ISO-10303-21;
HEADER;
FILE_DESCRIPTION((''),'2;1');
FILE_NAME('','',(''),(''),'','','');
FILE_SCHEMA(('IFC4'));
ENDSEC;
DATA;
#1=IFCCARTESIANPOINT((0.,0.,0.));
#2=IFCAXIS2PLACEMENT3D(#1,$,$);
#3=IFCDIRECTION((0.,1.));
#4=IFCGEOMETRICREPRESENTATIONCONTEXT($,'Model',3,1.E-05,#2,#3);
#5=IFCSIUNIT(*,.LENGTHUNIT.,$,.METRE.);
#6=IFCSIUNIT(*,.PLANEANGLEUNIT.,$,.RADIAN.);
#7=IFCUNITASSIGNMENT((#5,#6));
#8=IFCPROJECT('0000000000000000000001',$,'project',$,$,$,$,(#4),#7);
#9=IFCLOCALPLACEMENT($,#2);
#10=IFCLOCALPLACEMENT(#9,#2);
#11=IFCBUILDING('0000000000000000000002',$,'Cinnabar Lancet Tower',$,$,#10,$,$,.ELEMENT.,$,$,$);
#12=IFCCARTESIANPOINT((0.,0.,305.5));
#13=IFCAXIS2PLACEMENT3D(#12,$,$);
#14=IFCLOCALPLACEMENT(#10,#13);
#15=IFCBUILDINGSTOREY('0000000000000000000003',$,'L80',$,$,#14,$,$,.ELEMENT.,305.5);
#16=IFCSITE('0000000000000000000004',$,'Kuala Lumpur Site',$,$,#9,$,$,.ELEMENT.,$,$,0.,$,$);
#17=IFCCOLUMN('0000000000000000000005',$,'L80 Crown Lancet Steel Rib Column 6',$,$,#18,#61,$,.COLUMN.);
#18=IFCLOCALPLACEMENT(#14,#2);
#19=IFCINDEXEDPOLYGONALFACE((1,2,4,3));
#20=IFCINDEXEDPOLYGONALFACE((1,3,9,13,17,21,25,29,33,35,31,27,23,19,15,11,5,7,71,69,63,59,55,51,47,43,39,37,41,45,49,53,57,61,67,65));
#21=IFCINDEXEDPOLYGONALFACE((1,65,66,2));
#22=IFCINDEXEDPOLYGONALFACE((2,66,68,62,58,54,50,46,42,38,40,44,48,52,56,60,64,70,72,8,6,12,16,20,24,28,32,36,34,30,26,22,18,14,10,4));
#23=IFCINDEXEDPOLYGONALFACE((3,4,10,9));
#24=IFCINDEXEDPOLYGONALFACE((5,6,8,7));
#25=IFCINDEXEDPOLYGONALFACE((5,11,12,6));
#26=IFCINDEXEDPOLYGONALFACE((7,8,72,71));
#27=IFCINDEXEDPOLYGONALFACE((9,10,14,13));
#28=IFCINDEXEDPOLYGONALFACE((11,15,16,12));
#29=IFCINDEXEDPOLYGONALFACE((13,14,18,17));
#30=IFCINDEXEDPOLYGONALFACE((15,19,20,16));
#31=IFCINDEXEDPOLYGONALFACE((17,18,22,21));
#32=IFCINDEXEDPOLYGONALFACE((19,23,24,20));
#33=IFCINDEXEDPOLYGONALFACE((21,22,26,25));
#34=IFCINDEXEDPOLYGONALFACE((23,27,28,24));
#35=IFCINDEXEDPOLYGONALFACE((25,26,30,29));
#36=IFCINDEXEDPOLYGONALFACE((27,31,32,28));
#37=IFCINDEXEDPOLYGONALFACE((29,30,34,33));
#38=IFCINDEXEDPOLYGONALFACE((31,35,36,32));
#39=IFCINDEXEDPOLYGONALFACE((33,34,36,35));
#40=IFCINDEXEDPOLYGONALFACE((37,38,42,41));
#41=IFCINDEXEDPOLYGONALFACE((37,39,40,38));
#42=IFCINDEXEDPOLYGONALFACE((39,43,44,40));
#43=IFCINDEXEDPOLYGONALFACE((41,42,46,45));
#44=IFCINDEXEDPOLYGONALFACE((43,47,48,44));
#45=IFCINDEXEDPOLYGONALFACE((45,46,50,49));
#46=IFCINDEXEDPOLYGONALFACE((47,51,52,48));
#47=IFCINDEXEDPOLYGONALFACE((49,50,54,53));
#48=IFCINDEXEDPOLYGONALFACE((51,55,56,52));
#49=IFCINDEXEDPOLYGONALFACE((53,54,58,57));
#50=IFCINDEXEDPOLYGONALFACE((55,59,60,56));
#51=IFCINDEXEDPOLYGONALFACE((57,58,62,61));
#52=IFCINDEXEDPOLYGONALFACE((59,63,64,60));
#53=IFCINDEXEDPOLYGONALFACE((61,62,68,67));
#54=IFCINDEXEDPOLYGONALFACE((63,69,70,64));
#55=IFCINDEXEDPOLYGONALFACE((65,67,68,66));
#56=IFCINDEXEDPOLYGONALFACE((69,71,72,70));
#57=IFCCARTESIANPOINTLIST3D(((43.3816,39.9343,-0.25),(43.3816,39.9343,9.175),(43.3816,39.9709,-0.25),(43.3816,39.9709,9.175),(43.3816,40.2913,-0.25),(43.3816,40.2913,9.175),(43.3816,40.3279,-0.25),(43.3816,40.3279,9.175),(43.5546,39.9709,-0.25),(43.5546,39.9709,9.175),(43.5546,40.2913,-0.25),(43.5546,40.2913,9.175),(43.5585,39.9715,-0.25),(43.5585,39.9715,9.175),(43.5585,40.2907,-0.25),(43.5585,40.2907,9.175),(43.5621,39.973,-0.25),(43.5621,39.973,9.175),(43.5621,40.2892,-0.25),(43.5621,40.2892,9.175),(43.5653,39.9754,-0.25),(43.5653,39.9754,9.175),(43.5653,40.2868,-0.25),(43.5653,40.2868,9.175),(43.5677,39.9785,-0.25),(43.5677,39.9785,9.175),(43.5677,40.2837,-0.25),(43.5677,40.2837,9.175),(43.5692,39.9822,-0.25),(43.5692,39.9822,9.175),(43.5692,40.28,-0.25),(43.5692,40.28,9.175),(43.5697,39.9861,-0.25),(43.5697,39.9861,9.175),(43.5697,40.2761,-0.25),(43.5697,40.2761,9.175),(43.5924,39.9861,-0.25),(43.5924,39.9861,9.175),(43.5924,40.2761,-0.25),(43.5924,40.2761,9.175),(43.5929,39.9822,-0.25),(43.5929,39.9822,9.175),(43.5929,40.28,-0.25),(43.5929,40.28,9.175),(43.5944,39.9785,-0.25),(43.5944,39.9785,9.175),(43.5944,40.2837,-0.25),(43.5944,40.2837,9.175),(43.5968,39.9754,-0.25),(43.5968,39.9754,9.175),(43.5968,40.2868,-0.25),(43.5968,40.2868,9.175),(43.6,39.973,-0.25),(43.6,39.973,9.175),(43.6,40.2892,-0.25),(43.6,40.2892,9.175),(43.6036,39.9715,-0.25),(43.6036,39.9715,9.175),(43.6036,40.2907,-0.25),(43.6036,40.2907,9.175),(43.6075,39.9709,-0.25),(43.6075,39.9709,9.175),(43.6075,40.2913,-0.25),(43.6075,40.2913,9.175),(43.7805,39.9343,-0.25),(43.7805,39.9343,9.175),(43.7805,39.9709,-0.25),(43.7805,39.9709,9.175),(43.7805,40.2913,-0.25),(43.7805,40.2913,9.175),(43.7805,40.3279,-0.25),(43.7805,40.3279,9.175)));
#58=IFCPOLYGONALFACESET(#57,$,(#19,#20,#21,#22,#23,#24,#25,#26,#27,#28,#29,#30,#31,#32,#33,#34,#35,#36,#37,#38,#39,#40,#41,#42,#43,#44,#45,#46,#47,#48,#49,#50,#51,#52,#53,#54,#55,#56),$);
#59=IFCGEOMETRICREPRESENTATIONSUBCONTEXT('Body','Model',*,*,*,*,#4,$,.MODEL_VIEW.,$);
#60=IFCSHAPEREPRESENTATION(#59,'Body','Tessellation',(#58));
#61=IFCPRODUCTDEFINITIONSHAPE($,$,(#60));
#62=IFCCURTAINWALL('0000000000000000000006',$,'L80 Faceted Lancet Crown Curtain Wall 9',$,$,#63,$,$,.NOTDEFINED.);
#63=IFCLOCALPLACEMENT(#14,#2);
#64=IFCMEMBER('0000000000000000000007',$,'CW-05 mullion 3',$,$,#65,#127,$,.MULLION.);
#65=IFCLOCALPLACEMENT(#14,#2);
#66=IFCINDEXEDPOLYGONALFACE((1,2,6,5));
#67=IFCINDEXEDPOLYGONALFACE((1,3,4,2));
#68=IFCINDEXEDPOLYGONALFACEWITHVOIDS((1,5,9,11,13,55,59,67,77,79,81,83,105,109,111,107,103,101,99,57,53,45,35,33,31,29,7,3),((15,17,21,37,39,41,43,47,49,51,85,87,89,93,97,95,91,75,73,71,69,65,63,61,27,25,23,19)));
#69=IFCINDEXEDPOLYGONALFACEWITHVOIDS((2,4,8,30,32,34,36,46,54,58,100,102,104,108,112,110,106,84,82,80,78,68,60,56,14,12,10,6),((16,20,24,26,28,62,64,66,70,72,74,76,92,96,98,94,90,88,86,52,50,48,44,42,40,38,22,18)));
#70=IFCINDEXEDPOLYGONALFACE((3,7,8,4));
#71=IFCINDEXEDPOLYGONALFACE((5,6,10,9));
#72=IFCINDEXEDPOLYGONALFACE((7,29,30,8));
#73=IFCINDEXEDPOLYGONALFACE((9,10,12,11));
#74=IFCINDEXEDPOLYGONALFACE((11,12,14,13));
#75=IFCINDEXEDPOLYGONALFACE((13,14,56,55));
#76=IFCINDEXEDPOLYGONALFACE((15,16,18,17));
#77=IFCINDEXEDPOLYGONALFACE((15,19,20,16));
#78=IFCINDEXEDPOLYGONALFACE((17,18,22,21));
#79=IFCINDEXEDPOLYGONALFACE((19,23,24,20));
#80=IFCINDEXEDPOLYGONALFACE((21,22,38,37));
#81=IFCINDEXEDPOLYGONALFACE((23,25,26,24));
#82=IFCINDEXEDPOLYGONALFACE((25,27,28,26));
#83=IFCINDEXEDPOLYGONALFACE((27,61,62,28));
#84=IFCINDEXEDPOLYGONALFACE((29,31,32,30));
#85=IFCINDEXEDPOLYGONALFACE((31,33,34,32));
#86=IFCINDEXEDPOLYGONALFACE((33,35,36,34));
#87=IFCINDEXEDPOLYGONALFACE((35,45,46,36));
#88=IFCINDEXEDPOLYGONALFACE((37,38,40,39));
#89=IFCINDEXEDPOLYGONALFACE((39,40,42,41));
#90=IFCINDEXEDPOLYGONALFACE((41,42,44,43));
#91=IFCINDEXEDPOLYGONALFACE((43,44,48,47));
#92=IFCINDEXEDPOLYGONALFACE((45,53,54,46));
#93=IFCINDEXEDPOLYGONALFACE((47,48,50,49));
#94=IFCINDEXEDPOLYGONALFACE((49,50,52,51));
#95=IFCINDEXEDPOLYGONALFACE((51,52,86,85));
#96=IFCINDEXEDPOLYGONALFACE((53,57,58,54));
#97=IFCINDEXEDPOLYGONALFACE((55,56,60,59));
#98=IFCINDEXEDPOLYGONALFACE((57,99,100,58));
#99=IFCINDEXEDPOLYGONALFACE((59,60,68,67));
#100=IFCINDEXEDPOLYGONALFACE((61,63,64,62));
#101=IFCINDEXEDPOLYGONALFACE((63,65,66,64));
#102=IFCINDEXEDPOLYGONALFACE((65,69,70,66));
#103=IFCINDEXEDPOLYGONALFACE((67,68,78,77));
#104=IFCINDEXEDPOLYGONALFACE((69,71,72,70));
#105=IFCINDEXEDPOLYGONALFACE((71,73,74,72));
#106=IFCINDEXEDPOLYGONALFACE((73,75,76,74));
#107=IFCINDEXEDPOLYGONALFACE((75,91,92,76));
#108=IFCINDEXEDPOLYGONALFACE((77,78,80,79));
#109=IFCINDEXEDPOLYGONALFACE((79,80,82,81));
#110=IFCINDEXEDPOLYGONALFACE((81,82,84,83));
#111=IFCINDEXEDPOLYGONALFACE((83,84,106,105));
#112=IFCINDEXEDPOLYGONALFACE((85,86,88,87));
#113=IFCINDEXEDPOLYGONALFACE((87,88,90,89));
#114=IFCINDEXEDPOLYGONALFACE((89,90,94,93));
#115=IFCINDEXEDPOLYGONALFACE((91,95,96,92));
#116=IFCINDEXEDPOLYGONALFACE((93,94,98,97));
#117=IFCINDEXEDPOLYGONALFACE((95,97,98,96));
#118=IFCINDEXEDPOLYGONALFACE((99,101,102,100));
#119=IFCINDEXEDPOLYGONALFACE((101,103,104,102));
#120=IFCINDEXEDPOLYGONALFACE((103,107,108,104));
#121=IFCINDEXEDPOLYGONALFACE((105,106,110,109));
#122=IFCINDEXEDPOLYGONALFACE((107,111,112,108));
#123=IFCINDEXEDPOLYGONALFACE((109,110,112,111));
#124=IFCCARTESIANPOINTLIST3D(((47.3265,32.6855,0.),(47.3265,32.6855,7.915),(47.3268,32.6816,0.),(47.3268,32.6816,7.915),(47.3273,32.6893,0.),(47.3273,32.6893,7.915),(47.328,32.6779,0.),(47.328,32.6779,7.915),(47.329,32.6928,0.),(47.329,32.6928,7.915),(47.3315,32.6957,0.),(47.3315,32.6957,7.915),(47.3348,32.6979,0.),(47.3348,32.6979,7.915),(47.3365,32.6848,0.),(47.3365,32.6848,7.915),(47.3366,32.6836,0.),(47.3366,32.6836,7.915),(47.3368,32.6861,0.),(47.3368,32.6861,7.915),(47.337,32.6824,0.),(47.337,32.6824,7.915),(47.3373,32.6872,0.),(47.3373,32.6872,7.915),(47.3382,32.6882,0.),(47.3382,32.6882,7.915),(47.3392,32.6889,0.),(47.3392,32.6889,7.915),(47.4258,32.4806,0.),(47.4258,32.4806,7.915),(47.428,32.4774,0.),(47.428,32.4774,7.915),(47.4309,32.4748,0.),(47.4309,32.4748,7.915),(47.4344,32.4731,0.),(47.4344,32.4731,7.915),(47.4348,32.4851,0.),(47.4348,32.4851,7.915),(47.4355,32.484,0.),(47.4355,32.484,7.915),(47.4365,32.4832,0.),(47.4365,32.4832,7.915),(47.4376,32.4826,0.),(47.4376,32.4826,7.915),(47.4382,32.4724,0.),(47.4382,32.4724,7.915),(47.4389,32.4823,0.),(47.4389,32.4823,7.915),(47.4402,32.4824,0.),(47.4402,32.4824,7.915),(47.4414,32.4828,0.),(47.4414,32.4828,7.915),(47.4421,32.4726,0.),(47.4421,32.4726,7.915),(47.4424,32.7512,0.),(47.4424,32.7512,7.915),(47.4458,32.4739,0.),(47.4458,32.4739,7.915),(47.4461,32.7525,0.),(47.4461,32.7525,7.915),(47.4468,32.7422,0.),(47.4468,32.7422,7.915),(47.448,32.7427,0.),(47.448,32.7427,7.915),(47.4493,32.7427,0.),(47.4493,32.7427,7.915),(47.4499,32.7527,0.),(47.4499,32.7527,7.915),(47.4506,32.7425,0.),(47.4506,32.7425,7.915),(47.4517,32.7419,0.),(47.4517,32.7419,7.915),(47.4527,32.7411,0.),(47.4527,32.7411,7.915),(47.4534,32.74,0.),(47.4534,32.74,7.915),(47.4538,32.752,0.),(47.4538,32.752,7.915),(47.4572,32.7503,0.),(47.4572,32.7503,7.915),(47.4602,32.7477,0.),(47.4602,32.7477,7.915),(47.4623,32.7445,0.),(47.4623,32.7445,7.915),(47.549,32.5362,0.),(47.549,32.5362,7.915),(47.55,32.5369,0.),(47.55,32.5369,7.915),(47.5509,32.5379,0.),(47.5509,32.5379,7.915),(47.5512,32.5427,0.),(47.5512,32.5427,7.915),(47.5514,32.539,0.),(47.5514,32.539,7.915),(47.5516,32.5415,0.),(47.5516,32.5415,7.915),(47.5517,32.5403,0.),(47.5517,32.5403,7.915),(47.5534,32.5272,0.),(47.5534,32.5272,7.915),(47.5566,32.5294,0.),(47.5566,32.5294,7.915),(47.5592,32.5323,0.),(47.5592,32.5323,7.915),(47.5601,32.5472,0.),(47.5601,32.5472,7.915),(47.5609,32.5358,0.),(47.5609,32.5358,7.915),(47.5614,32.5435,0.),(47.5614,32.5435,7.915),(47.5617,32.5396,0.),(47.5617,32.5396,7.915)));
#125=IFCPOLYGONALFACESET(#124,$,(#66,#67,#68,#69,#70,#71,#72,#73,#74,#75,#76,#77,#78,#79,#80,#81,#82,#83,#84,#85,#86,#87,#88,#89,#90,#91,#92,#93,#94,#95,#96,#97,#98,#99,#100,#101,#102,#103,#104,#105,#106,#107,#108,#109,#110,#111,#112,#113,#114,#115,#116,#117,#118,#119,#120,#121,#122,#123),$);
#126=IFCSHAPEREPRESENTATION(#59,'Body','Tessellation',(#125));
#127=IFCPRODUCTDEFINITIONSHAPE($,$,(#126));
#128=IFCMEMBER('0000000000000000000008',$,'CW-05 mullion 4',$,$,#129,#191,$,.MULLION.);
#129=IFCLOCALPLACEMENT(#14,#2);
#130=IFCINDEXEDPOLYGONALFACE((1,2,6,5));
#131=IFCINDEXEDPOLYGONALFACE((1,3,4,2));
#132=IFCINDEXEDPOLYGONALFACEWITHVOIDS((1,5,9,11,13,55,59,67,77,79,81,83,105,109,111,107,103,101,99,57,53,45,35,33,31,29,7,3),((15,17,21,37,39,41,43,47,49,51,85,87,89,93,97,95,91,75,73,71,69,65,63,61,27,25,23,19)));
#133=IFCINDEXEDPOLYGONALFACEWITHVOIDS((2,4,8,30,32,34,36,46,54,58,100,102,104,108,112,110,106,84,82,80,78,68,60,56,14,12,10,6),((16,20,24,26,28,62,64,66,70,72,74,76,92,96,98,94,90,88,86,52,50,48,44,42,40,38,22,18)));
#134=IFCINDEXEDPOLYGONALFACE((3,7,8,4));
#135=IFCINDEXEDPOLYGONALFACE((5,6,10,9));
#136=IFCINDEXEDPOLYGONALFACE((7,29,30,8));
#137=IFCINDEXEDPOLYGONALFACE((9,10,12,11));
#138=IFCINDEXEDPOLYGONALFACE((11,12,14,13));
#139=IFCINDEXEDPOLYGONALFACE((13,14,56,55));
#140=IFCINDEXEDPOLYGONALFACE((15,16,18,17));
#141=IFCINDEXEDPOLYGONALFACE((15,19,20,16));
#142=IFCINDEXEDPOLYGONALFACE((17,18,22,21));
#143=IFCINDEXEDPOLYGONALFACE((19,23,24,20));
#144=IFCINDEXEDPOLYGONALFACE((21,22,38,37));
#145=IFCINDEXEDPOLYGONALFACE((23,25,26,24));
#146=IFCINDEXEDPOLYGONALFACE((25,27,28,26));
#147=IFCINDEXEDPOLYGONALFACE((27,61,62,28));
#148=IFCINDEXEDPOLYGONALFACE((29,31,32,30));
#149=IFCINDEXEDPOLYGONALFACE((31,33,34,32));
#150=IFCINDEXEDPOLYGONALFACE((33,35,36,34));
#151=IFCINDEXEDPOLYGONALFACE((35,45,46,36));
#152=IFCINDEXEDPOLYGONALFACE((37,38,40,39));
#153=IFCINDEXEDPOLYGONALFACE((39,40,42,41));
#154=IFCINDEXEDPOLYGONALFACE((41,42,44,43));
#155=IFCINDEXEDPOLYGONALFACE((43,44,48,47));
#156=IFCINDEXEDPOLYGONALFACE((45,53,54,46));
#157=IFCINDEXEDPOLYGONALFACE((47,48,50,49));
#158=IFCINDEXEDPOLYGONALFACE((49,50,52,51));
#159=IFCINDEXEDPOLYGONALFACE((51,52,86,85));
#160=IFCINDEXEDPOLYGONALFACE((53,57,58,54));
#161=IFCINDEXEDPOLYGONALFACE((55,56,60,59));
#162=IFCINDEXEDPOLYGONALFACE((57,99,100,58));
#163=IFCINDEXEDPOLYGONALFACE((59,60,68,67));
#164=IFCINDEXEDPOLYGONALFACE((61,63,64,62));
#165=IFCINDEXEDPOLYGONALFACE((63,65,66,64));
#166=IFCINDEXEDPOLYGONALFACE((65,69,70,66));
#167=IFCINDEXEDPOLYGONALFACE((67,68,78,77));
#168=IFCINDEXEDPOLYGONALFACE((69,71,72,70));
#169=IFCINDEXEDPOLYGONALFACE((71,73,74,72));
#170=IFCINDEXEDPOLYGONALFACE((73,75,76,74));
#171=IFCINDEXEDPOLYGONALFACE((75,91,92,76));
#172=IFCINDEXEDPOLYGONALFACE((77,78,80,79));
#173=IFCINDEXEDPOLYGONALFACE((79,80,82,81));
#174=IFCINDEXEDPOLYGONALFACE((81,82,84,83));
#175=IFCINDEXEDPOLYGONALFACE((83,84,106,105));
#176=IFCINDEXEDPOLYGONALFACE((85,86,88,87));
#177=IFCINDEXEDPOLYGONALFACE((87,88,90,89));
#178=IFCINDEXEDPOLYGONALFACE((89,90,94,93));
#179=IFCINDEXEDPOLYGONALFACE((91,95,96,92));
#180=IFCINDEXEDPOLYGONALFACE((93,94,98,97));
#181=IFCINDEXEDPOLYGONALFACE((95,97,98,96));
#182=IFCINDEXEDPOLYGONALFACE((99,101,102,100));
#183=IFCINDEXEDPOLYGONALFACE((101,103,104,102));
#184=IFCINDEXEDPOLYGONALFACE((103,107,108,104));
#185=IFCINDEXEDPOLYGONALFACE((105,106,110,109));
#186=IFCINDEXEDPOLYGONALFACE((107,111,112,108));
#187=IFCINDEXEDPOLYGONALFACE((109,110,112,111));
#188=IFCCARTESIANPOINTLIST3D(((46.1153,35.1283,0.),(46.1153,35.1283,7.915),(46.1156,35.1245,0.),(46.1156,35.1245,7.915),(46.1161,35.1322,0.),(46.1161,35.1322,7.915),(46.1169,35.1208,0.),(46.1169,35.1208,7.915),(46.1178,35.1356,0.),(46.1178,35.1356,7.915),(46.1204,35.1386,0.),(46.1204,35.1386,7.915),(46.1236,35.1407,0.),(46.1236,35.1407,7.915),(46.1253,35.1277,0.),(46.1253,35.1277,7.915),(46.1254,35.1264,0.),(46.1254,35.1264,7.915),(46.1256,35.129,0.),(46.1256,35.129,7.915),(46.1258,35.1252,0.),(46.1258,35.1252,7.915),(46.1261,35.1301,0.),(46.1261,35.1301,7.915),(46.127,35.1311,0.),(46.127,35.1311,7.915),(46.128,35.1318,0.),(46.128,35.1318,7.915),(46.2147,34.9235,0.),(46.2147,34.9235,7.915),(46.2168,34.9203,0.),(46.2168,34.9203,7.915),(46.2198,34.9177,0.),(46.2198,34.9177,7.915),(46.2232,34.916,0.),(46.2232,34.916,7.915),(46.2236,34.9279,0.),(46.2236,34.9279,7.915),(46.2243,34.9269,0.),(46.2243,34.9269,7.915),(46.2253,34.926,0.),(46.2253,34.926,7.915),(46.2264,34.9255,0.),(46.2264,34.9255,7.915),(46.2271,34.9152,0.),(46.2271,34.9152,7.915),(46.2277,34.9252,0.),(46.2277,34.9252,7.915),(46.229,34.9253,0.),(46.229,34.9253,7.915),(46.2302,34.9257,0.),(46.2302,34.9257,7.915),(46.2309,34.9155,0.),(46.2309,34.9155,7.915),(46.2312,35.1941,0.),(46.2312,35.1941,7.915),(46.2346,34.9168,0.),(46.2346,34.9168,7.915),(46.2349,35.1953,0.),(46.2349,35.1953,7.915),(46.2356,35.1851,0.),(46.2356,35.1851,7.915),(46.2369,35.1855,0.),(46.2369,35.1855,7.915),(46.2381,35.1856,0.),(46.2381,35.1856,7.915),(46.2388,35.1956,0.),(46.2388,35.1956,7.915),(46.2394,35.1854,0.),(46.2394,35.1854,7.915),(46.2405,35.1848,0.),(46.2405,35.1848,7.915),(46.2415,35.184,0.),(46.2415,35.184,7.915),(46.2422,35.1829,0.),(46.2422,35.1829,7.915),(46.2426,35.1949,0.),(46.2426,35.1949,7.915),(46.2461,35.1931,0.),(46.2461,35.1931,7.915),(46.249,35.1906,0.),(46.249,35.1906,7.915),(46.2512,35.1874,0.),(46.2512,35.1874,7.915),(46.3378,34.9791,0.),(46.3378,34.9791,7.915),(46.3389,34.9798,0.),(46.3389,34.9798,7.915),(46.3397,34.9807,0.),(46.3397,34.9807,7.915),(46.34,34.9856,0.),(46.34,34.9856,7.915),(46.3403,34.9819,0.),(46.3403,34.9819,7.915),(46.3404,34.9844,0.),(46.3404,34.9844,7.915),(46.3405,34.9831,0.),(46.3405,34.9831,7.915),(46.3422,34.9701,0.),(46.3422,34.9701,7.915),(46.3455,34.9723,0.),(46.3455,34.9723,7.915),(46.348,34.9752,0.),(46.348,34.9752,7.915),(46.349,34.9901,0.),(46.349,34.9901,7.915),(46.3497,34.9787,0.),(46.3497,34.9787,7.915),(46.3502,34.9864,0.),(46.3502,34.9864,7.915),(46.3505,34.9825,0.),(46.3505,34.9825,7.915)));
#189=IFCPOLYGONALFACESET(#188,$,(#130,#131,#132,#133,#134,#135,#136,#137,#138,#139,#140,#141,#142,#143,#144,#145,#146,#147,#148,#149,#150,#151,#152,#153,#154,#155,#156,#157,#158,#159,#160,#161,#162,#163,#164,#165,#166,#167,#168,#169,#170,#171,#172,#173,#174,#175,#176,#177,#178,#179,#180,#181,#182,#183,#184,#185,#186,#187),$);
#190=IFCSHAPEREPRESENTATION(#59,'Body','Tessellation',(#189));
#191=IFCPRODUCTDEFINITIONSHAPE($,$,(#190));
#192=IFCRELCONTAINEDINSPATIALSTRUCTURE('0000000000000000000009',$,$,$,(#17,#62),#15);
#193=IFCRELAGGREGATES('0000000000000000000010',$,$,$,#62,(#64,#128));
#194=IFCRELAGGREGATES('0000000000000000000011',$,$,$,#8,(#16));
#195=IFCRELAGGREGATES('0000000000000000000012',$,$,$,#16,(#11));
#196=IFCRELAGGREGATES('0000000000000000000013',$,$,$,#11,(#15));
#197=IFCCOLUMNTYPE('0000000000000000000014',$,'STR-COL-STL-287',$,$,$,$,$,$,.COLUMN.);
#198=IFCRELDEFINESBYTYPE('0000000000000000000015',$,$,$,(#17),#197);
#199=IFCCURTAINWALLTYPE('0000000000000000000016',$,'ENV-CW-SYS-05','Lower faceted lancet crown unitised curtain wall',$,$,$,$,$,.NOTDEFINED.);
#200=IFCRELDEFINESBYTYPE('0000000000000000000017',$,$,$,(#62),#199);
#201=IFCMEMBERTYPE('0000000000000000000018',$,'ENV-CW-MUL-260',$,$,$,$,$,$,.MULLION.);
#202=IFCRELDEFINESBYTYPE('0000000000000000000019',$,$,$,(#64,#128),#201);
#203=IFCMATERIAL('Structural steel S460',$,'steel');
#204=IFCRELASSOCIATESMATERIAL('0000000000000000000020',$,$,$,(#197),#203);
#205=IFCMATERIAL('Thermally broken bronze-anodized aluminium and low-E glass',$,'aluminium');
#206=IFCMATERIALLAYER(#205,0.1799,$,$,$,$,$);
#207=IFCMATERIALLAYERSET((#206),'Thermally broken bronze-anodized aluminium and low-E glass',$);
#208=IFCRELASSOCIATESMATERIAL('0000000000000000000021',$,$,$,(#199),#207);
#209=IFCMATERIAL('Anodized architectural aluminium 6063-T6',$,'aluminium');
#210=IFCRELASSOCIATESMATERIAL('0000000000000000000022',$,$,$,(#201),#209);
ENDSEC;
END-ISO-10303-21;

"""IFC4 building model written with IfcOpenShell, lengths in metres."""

from ifc_helpers import new_model, si_unit, direction, frame, origin, origin_2d, place, context, subcontext, project, spatial, hollow_rectangle, i_section, extrude, material, layer, layer_set, material_profile, profile_set, type_object, element, aggregate, save


model = new_model("IFC4")

# Units and contexts
model_context = context("Model", 3, precision=1e-05, world=origin(), true_north=direction((0.0, 1.0)))
body_context = subcontext(model_context, "Body", "Model", "MODEL_VIEW")
ifc_project = project(units=[si_unit("LENGTHUNIT", "METRE"), si_unit("PLANEANGLEUNIT", "RADIAN")], contexts=[model_context])

# Site, building, storey
site_placement = place(None, origin())
site = spatial("IfcSite", under=ifc_project, at=site_placement, Name="Kuala Lumpur Site", CompositionType="ELEMENT", RefElevation=0.0)
building_placement = place(site_placement, origin())
building = spatial("IfcBuilding", under=site, at=building_placement, Name="Cinnabar Lancet Tower", CompositionType="ELEMENT")
storey_placement = place(building_placement, frame((0.0, 0.0, 305.5)))
storey = spatial("IfcBuildingStorey", under=building, at=storey_placement, Name="L80", CompositionType="ELEMENT", Elevation=305.5)

# Column
ifc_material_1 = material(Name="Structural steel S460", Category="steel")
ifc_material_profile_1 = material_profile(ifc_material_1, i_section(OverallWidth=0.3989, OverallDepth=0.3936, WebThickness=0.0227, FlangeThickness=0.0366, FilletRadius=0.0151, at=origin_2d()), Name="UKC 356x406x287")
ifc_profile_set_1 = profile_set([ifc_material_profile_1], Name="Structural steel S460")
column_type = type_object("IfcColumnType", Name="STR-COL-STL-287", PredefinedType="COLUMN", material=ifc_profile_set_1)
column_placement = place(storey_placement, frame((43.5811, 40.1311, -0.25), z_axis=(0.0, 0.0, 1.0), x_axis=(1.0, 0.0, 0.0)))
element("IfcColumn", 1, at=column_placement, inside=storey, type_object=column_type, Name="L80 Crown Lancet Steel Rib Column 6", PredefinedType="COLUMN", context=body_context, shape_type="SweptSolid", body=[
    extrude(i_section(OverallWidth=0.3989, OverallDepth=0.3936, WebThickness=0.0227, FlangeThickness=0.0366, FilletRadius=0.0151, at=origin_2d()), origin(), (0.0, 0.0, 1.0), 9.425),
])

# Curtain wall, members
ifc_material_2 = material(Name="Thermally broken bronze-anodized aluminium and low-E glass", Category="aluminium")
ifc_layer_1 = layer(ifc_material_2, 0.1799)
ifc_layer_set_1 = layer_set([ifc_layer_1], Name="Thermally broken bronze-anodized aluminium and low-E glass")
curtain_wall_type = type_object("IfcCurtainWallType", Name="ENV-CW-SYS-05", Description="Lower faceted lancet crown unitised curtain wall", PredefinedType="NOTDEFINED", material=ifc_layer_set_1)
curtain_wall_1_placement = place(storey_placement, origin())
curtain_wall_1 = element("IfcCurtainWall", 2, at=curtain_wall_1_placement, inside=storey, type_object=curtain_wall_type, Name="L80 Faceted Lancet Crown Curtain Wall 9", PredefinedType="NOTDEFINED")
ifc_material_3 = material(Name="Anodized architectural aluminium 6063-T6", Category="aluminium")
ifc_material_profile_2 = material_profile(ifc_material_3, hollow_rectangle(XDim=0.1499, YDim=0.25, WallThickness=0.01, InnerFilletRadius=0.0049, OuterFilletRadius=0.0149, at=origin_2d()), Name="RHS 250x150x10")
ifc_profile_set_2 = profile_set([ifc_material_profile_2], Name="Anodized architectural aluminium 6063-T6")
member_type_1 = type_object("IfcMemberType", Name="ENV-CW-MUL-260", PredefinedType="MULLION", material=ifc_profile_set_2)
member_1_placement = place(storey_placement, frame((47.4441, 32.6125, 0.0), z_axis=(0.0, 0.0, 1.0), x_axis=(-0.895948, -0.444159, 0.0)))
member_1 = element("IfcMember", 3, at=member_1_placement, type_object=member_type_1, Name="CW-05 mullion 3", PredefinedType="MULLION", context=body_context, shape_type="SweptSolid", body=[
    extrude(hollow_rectangle(XDim=0.1499, YDim=0.25, WallThickness=0.01, InnerFilletRadius=0.0049, OuterFilletRadius=0.0149, at=origin_2d()), origin(), (0.0, 0.0, 1.0), 7.915),
])
member_2_placement = place(storey_placement, frame((46.2329, 35.0554, 0.0), z_axis=(0.0, 0.0, 1.0), x_axis=(-0.895948, -0.444159, 0.0)))
member_2 = element("IfcMember", 4, at=member_2_placement, type_object=member_type_1, Name="CW-05 mullion 4", PredefinedType="MULLION", context=body_context, shape_type="SweptSolid", body=[
    extrude(hollow_rectangle(XDim=0.1499, YDim=0.25, WallThickness=0.01, InnerFilletRadius=0.0049, OuterFilletRadius=0.0149, at=origin_2d()), origin(), (0.0, 0.0, 1.0), 7.915),
])

aggregate(curtain_wall_1, [member_1, member_2])

save(model, "model.ifc")
